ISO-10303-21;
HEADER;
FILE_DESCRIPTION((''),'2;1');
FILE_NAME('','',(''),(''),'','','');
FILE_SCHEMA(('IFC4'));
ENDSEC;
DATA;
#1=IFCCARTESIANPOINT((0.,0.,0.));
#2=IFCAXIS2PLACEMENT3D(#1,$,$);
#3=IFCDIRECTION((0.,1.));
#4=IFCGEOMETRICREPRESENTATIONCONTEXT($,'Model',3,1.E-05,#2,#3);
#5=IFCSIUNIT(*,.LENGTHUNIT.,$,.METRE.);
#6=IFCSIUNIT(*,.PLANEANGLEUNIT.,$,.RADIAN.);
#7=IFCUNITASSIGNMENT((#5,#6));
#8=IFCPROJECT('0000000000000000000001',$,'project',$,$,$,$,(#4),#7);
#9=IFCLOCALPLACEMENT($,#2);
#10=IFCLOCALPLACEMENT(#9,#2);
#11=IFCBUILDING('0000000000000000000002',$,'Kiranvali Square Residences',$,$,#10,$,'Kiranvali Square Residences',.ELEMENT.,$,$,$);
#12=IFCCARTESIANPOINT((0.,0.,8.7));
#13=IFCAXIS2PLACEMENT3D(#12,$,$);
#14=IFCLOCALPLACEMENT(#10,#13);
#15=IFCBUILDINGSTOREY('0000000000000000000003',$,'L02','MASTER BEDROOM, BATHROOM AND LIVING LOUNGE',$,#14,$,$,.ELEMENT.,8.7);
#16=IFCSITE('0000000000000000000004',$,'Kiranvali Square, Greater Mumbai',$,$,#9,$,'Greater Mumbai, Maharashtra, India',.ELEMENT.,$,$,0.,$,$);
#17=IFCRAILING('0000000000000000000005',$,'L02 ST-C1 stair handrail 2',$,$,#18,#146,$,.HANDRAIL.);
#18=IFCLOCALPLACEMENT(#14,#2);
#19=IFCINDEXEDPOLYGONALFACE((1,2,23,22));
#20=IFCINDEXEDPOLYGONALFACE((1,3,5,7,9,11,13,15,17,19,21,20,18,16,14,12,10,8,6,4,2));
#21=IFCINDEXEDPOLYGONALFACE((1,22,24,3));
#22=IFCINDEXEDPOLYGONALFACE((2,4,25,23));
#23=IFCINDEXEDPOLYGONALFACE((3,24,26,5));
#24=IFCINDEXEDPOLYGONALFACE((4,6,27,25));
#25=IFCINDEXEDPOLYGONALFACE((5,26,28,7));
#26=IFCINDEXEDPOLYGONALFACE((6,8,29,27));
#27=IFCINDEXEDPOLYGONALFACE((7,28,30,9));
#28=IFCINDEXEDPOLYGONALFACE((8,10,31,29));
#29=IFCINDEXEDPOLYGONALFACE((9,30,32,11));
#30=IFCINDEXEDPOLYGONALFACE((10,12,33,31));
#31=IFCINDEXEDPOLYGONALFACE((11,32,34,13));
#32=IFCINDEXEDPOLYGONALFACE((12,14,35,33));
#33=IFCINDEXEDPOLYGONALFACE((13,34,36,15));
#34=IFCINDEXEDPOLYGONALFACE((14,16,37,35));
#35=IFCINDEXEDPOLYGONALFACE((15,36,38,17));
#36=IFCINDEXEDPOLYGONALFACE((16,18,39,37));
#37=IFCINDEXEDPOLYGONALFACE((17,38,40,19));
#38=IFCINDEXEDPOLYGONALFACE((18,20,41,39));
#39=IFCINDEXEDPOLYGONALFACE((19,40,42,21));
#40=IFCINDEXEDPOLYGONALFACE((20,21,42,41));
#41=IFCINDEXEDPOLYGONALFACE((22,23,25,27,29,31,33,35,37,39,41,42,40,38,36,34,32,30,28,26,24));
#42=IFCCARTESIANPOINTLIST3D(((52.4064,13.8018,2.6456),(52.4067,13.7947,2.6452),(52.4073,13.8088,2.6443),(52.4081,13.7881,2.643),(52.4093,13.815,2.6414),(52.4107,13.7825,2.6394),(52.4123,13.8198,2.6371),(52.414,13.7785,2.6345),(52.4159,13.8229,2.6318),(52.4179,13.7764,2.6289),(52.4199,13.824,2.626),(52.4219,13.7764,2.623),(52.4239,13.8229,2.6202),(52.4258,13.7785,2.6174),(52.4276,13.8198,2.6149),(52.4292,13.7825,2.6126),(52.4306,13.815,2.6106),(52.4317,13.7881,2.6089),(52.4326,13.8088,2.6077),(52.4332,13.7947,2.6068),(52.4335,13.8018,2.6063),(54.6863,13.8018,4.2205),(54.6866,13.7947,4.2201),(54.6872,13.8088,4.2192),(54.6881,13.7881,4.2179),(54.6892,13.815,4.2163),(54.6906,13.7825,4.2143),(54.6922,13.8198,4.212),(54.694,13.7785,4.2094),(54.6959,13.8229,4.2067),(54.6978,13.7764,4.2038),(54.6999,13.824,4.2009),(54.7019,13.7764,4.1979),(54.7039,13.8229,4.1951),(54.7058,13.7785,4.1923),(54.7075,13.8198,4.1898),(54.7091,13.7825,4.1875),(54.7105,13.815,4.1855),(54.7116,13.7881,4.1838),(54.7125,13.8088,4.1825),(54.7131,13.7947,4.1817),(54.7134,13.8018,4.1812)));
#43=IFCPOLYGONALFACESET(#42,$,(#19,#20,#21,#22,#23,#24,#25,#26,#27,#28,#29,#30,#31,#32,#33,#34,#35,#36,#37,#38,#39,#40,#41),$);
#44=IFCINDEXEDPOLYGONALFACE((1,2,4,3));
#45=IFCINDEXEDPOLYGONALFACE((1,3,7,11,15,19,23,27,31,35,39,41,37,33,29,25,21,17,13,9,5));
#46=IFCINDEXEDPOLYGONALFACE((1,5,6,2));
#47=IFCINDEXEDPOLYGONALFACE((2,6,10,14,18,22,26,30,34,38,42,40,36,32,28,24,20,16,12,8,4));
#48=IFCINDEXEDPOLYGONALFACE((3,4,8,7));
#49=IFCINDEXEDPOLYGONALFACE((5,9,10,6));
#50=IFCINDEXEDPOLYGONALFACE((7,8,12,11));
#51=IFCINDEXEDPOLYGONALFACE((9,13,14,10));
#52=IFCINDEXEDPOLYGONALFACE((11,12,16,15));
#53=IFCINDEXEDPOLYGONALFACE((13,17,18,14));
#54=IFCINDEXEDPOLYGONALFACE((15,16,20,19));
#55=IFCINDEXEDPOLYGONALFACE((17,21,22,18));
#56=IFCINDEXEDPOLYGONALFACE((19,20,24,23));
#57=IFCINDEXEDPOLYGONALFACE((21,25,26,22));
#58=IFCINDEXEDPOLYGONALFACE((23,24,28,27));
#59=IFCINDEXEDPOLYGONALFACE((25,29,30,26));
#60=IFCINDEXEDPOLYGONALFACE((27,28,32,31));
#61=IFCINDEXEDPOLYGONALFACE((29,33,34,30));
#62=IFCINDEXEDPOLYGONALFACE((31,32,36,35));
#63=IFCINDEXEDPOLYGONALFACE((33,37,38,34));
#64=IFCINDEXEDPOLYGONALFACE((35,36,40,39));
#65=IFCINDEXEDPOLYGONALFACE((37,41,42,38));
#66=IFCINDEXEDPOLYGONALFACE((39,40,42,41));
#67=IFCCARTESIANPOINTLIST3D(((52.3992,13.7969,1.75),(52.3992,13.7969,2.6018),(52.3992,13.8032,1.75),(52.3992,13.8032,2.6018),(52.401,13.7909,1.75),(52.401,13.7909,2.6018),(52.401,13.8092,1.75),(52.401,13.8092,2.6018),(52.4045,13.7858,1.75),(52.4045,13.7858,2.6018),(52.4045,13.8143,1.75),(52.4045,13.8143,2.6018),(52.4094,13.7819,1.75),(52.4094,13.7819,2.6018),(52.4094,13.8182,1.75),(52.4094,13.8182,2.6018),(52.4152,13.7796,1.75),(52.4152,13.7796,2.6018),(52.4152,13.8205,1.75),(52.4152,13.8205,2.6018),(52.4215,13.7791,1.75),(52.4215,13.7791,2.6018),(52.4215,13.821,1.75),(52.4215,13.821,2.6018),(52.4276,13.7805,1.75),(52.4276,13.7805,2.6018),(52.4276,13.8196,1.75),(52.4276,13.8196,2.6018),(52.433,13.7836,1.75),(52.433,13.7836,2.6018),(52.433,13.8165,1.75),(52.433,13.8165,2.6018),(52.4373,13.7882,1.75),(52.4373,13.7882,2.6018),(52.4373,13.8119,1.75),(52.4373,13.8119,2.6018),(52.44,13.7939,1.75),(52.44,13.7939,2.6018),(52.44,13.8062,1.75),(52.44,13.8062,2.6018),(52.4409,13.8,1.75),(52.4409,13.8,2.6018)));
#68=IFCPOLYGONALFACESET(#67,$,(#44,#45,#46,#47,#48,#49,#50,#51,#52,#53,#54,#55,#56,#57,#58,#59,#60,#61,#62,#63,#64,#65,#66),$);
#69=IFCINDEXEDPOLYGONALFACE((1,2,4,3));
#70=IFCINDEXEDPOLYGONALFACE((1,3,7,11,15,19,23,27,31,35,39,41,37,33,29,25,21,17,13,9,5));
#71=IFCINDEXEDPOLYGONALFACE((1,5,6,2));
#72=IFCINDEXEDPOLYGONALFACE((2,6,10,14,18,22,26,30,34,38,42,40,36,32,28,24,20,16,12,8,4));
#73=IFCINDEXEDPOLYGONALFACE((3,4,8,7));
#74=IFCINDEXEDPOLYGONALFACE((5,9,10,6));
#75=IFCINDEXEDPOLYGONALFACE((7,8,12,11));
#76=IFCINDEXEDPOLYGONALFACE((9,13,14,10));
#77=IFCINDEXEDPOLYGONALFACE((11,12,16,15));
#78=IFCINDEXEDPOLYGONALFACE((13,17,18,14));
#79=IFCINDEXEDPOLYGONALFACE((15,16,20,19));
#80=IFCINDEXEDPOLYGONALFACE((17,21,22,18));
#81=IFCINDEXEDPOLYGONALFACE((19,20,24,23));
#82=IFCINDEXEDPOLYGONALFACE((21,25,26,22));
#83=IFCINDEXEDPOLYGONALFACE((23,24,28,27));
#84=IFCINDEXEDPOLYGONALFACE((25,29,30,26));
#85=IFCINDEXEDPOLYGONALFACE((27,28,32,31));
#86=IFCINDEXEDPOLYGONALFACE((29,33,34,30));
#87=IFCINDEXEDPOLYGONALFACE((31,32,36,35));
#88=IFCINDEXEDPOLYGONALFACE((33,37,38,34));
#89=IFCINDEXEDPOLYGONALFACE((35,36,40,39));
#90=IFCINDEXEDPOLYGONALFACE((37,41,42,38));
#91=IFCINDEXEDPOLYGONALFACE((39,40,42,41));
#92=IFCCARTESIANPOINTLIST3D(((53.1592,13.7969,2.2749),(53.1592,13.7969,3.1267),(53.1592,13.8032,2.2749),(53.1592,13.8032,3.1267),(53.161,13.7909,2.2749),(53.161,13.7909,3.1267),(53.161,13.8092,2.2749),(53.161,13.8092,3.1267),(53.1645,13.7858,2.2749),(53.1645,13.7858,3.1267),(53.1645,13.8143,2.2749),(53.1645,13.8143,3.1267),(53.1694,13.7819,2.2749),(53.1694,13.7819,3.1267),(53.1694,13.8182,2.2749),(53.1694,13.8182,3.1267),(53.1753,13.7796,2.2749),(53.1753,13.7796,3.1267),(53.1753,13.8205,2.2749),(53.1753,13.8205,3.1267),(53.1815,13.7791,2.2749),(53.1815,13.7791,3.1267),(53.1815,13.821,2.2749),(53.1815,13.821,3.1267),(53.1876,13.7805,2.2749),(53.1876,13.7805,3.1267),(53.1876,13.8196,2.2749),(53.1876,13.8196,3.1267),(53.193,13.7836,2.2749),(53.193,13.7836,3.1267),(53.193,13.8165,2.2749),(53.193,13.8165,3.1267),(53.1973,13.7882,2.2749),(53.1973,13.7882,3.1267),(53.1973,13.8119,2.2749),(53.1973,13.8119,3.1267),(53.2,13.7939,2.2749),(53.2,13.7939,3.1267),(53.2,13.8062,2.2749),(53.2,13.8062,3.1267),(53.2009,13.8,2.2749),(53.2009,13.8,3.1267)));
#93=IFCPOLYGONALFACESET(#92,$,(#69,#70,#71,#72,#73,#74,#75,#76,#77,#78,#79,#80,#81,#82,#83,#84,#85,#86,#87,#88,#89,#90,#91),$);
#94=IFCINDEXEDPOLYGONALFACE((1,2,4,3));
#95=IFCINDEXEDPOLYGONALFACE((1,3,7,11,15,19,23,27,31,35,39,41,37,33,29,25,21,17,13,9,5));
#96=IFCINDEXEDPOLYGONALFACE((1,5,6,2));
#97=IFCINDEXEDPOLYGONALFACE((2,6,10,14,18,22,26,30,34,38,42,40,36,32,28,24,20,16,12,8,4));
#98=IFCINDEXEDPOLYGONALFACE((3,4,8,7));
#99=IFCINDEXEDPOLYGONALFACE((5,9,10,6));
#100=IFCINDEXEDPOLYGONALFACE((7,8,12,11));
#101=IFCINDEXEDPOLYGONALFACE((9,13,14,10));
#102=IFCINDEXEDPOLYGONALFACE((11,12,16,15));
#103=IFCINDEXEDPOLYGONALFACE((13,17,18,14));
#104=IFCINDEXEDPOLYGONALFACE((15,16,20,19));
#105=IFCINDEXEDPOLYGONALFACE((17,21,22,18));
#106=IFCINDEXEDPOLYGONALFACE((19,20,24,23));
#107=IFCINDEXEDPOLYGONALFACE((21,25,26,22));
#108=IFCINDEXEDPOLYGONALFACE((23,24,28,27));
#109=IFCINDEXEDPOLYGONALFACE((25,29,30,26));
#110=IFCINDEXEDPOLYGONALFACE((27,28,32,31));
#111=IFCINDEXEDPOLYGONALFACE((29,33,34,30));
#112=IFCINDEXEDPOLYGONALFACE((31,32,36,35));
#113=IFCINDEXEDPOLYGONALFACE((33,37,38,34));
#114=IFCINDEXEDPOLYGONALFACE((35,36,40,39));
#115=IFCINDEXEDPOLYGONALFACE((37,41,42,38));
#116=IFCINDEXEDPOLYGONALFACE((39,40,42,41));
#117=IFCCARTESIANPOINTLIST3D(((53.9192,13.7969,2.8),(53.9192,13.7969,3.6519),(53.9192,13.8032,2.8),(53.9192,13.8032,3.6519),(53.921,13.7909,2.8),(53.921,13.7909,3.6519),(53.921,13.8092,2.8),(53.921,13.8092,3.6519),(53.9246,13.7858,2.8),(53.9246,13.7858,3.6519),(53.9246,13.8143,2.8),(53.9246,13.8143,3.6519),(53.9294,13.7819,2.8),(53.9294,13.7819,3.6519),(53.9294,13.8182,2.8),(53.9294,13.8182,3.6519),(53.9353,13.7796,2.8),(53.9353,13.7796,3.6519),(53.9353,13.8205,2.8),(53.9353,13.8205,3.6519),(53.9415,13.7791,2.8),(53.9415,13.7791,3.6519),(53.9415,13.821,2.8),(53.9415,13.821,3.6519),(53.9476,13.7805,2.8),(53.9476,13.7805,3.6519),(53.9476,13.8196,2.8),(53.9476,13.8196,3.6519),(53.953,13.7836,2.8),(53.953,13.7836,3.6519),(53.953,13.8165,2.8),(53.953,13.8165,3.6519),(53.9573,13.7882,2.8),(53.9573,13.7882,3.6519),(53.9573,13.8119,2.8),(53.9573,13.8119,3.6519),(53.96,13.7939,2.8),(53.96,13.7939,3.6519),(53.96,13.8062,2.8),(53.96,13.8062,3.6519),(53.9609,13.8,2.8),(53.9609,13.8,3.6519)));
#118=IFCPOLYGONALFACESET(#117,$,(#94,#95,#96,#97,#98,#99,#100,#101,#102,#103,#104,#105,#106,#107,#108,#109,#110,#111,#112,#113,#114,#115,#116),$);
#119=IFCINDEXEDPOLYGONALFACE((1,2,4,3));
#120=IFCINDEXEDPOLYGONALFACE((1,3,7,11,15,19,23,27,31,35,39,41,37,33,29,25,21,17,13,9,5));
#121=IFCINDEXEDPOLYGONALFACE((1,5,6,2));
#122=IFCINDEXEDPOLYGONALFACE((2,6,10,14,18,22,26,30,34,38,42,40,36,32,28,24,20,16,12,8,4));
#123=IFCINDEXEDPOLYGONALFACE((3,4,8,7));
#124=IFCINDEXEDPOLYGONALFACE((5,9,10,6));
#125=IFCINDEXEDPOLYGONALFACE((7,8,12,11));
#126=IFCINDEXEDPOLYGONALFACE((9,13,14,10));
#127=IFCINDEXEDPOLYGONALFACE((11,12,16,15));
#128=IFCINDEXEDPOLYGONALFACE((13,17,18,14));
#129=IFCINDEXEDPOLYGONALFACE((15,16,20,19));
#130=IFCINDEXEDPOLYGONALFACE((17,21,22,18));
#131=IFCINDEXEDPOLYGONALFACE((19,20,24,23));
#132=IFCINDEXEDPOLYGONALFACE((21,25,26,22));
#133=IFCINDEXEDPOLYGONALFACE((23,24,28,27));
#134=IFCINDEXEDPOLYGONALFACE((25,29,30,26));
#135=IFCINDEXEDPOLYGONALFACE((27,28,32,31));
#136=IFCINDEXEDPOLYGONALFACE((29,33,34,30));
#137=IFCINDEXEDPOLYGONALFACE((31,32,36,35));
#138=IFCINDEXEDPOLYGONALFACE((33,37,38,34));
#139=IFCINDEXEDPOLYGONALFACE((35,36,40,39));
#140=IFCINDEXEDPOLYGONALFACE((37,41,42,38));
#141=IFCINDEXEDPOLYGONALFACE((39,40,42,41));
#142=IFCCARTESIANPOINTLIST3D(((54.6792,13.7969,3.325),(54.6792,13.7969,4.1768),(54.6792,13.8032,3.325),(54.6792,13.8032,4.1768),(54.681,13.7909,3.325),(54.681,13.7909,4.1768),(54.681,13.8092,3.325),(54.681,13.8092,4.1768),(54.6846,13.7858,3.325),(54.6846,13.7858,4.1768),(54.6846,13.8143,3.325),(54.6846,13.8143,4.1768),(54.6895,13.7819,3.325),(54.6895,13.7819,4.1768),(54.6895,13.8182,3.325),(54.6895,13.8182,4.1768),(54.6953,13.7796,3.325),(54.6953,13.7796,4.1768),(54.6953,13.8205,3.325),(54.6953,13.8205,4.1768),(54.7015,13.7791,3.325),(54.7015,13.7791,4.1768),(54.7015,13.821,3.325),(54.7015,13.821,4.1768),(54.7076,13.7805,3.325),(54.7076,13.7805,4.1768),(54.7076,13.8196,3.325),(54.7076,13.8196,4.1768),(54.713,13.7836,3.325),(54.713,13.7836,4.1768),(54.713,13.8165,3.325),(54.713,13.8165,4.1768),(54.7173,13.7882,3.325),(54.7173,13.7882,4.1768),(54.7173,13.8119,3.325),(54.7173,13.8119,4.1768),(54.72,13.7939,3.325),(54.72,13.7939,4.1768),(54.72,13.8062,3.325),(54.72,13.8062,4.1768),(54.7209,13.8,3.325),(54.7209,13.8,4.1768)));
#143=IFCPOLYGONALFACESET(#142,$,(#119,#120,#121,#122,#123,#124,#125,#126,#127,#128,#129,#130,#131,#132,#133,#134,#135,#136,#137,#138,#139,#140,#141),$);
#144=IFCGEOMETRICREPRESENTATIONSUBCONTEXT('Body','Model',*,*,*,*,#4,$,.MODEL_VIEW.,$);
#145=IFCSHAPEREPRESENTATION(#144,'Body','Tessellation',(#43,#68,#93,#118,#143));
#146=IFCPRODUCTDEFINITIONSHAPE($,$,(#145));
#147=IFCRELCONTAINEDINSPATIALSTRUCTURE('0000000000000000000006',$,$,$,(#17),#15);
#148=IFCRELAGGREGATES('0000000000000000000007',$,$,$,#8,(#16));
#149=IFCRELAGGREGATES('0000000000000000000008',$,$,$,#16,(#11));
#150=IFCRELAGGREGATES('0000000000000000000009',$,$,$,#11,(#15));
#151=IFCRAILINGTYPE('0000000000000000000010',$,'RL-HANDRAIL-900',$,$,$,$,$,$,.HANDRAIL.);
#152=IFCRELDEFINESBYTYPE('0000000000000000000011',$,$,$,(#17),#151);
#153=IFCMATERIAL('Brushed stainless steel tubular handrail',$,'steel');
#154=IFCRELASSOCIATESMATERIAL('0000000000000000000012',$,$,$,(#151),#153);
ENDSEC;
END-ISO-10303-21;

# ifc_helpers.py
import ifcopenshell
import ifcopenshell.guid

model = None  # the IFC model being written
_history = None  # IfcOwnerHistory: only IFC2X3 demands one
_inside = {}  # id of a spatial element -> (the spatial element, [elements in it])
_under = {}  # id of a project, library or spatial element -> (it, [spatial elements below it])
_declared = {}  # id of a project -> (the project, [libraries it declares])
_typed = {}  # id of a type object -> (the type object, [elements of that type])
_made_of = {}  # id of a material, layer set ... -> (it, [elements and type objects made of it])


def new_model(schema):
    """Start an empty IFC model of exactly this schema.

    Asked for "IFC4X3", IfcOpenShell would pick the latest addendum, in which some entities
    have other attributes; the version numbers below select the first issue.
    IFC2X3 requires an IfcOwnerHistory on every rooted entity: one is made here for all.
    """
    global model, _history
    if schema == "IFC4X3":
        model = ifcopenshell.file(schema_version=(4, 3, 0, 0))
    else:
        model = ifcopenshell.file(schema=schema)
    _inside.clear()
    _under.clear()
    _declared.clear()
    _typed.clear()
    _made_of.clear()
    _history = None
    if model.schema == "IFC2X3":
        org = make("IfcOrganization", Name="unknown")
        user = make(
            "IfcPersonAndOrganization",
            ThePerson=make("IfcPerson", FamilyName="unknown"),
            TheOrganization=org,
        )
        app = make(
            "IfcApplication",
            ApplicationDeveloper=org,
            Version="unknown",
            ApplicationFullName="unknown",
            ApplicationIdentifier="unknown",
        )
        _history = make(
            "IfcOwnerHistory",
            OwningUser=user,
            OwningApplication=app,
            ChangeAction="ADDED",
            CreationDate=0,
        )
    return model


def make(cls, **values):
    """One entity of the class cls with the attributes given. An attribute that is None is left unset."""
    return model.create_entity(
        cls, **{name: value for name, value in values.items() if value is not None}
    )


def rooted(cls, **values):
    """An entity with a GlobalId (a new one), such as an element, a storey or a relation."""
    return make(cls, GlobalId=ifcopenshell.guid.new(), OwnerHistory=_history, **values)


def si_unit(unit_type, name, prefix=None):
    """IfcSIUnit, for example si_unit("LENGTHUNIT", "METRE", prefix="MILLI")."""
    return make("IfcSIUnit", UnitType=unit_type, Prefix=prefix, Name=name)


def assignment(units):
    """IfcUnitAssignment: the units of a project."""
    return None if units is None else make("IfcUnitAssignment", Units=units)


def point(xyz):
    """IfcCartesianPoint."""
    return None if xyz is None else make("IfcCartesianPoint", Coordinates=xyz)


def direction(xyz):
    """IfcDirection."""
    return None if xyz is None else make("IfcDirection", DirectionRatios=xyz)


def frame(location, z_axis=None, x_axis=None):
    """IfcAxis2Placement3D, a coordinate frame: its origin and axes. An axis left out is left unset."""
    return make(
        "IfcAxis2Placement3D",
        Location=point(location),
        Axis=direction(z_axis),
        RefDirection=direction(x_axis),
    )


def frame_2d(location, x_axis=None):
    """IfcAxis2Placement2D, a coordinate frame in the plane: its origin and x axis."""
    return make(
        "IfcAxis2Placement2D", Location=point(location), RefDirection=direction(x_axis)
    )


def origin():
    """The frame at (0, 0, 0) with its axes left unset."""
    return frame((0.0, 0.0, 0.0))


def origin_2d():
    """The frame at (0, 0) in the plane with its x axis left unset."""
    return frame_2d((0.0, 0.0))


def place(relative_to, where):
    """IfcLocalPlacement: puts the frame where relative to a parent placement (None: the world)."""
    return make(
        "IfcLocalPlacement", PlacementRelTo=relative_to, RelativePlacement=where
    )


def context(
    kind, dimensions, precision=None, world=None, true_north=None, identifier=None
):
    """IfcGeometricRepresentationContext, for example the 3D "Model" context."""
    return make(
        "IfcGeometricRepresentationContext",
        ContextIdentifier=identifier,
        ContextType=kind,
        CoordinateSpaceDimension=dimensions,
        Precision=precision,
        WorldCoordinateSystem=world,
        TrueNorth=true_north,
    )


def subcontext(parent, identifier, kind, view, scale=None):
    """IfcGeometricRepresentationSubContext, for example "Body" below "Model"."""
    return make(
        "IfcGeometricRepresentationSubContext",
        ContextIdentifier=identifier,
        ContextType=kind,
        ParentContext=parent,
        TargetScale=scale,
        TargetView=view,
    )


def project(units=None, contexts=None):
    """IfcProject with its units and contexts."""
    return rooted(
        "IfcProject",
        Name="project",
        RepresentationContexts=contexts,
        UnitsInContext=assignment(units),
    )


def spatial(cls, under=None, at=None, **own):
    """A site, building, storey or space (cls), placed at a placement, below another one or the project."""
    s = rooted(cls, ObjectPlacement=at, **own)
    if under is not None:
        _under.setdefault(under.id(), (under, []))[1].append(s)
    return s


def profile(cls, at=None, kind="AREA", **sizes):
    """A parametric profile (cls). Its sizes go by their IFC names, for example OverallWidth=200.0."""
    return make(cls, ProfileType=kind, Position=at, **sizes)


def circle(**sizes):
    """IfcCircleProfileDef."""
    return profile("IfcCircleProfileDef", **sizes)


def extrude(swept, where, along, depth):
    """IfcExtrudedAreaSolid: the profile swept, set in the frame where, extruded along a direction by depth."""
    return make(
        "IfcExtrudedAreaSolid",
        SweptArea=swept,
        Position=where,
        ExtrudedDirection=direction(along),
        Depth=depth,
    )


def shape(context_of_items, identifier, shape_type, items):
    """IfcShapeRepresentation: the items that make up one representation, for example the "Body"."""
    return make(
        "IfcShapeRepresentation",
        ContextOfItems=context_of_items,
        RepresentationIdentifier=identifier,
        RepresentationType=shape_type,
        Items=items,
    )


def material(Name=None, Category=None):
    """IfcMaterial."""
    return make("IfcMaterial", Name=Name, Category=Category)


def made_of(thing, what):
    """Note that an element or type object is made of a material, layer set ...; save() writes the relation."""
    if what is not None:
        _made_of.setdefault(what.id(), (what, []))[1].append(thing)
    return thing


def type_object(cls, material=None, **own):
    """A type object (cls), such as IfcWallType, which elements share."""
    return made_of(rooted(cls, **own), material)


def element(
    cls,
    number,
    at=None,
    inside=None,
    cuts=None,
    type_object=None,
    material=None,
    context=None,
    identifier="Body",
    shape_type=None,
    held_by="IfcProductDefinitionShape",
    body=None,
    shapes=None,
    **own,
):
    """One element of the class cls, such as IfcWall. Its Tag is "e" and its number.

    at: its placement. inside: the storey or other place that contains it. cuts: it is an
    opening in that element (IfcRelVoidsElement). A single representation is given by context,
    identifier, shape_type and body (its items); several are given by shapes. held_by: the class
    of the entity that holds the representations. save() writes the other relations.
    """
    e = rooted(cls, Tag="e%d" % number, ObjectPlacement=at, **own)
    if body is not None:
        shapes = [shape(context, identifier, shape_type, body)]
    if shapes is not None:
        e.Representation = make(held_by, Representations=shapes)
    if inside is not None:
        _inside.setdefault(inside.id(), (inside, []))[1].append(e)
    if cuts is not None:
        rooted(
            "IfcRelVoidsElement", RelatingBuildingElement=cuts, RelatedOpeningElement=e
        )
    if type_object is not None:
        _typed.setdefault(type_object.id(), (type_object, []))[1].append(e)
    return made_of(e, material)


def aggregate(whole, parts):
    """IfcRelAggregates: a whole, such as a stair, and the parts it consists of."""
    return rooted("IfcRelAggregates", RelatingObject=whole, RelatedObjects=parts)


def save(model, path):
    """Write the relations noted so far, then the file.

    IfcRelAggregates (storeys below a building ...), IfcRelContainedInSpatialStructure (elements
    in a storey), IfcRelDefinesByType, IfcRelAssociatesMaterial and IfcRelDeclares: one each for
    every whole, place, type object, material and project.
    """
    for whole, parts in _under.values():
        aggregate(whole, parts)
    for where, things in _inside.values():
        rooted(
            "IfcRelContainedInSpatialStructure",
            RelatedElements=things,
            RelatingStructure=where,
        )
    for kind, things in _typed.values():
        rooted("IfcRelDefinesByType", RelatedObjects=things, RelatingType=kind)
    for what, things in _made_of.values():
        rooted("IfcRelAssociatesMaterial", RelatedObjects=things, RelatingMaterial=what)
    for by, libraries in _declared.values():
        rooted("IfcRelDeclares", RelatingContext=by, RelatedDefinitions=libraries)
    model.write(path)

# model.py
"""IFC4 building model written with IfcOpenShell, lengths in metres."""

from ifc_helpers import new_model, si_unit, direction, frame, origin, origin_2d, place, context, subcontext, project, spatial, circle, extrude, material, type_object, element, save


model = new_model("IFC4")

# Units and contexts
model_context = context("Model", 3, precision=1e-05, world=origin(), true_north=direction((0.0, 1.0)))
body_context = subcontext(model_context, "Body", "Model", "MODEL_VIEW")
ifc_project = project(units=[si_unit("LENGTHUNIT", "METRE"), si_unit("PLANEANGLEUNIT", "RADIAN")], contexts=[model_context])

# Site, building, storey
site_placement = place(None, origin())
site = spatial("IfcSite", under=ifc_project, at=site_placement, Name="Kiranvali Square, Greater Mumbai", LongName="Greater Mumbai, Maharashtra, India", CompositionType="ELEMENT", RefElevation=0.0)
building_placement = place(site_placement, origin())
building = spatial("IfcBuilding", under=site, at=building_placement, Name="Kiranvali Square Residences", LongName="Kiranvali Square Residences", CompositionType="ELEMENT")
storey_placement = place(building_placement, frame((0.0, 0.0, 8.7)))
storey = spatial("IfcBuildingStorey", under=building, at=storey_placement, Name="L02", Description="MASTER BEDROOM, BATHROOM AND LIVING LOUNGE", CompositionType="ELEMENT", Elevation=8.7)

# Railing
ifc_material_1 = material(Name="Brushed stainless steel tubular handrail", Category="steel")
railing_type_1 = type_object("IfcRailingType", Name="RL-HANDRAIL-900", PredefinedType="HANDRAIL", material=ifc_material_1)
railing_1_placement = place(storey_placement, frame((52.4199, 13.8, 1.75)))
element("IfcRailing", 1, at=railing_1_placement, inside=storey, type_object=railing_type_1, Name="L02 ST-C1 stair handrail 2", PredefinedType="HANDRAIL", context=body_context, shape_type="SweptSolid", body=[
    extrude(circle(Radius=0.0239, at=origin_2d()), frame((0.0, 0.0, 0.876), z_axis=(0.822788, 0.0, 0.568348), x_axis=(0.0, 1.0, 0.0)), (0.0, 0.0, 1.0), 2.771),
    extrude(circle(Radius=0.021, at=origin_2d()), origin(), (0.0, 0.0, 1.0), 0.8518),
    extrude(circle(Radius=0.021, at=origin_2d()), frame((0.76, 0.0, 0.5249)), (0.0, 0.0, 1.0), 0.8518),
    extrude(circle(Radius=0.021, at=origin_2d()), frame((1.52, 0.0, 1.05)), (0.0, 0.0, 1.0), 0.8518),
    extrude(circle(Radius=0.021, at=origin_2d()), frame((2.28, 0.0, 1.575)), (0.0, 0.0, 1.0), 0.8518),
])

save(model, "model.ifc")
